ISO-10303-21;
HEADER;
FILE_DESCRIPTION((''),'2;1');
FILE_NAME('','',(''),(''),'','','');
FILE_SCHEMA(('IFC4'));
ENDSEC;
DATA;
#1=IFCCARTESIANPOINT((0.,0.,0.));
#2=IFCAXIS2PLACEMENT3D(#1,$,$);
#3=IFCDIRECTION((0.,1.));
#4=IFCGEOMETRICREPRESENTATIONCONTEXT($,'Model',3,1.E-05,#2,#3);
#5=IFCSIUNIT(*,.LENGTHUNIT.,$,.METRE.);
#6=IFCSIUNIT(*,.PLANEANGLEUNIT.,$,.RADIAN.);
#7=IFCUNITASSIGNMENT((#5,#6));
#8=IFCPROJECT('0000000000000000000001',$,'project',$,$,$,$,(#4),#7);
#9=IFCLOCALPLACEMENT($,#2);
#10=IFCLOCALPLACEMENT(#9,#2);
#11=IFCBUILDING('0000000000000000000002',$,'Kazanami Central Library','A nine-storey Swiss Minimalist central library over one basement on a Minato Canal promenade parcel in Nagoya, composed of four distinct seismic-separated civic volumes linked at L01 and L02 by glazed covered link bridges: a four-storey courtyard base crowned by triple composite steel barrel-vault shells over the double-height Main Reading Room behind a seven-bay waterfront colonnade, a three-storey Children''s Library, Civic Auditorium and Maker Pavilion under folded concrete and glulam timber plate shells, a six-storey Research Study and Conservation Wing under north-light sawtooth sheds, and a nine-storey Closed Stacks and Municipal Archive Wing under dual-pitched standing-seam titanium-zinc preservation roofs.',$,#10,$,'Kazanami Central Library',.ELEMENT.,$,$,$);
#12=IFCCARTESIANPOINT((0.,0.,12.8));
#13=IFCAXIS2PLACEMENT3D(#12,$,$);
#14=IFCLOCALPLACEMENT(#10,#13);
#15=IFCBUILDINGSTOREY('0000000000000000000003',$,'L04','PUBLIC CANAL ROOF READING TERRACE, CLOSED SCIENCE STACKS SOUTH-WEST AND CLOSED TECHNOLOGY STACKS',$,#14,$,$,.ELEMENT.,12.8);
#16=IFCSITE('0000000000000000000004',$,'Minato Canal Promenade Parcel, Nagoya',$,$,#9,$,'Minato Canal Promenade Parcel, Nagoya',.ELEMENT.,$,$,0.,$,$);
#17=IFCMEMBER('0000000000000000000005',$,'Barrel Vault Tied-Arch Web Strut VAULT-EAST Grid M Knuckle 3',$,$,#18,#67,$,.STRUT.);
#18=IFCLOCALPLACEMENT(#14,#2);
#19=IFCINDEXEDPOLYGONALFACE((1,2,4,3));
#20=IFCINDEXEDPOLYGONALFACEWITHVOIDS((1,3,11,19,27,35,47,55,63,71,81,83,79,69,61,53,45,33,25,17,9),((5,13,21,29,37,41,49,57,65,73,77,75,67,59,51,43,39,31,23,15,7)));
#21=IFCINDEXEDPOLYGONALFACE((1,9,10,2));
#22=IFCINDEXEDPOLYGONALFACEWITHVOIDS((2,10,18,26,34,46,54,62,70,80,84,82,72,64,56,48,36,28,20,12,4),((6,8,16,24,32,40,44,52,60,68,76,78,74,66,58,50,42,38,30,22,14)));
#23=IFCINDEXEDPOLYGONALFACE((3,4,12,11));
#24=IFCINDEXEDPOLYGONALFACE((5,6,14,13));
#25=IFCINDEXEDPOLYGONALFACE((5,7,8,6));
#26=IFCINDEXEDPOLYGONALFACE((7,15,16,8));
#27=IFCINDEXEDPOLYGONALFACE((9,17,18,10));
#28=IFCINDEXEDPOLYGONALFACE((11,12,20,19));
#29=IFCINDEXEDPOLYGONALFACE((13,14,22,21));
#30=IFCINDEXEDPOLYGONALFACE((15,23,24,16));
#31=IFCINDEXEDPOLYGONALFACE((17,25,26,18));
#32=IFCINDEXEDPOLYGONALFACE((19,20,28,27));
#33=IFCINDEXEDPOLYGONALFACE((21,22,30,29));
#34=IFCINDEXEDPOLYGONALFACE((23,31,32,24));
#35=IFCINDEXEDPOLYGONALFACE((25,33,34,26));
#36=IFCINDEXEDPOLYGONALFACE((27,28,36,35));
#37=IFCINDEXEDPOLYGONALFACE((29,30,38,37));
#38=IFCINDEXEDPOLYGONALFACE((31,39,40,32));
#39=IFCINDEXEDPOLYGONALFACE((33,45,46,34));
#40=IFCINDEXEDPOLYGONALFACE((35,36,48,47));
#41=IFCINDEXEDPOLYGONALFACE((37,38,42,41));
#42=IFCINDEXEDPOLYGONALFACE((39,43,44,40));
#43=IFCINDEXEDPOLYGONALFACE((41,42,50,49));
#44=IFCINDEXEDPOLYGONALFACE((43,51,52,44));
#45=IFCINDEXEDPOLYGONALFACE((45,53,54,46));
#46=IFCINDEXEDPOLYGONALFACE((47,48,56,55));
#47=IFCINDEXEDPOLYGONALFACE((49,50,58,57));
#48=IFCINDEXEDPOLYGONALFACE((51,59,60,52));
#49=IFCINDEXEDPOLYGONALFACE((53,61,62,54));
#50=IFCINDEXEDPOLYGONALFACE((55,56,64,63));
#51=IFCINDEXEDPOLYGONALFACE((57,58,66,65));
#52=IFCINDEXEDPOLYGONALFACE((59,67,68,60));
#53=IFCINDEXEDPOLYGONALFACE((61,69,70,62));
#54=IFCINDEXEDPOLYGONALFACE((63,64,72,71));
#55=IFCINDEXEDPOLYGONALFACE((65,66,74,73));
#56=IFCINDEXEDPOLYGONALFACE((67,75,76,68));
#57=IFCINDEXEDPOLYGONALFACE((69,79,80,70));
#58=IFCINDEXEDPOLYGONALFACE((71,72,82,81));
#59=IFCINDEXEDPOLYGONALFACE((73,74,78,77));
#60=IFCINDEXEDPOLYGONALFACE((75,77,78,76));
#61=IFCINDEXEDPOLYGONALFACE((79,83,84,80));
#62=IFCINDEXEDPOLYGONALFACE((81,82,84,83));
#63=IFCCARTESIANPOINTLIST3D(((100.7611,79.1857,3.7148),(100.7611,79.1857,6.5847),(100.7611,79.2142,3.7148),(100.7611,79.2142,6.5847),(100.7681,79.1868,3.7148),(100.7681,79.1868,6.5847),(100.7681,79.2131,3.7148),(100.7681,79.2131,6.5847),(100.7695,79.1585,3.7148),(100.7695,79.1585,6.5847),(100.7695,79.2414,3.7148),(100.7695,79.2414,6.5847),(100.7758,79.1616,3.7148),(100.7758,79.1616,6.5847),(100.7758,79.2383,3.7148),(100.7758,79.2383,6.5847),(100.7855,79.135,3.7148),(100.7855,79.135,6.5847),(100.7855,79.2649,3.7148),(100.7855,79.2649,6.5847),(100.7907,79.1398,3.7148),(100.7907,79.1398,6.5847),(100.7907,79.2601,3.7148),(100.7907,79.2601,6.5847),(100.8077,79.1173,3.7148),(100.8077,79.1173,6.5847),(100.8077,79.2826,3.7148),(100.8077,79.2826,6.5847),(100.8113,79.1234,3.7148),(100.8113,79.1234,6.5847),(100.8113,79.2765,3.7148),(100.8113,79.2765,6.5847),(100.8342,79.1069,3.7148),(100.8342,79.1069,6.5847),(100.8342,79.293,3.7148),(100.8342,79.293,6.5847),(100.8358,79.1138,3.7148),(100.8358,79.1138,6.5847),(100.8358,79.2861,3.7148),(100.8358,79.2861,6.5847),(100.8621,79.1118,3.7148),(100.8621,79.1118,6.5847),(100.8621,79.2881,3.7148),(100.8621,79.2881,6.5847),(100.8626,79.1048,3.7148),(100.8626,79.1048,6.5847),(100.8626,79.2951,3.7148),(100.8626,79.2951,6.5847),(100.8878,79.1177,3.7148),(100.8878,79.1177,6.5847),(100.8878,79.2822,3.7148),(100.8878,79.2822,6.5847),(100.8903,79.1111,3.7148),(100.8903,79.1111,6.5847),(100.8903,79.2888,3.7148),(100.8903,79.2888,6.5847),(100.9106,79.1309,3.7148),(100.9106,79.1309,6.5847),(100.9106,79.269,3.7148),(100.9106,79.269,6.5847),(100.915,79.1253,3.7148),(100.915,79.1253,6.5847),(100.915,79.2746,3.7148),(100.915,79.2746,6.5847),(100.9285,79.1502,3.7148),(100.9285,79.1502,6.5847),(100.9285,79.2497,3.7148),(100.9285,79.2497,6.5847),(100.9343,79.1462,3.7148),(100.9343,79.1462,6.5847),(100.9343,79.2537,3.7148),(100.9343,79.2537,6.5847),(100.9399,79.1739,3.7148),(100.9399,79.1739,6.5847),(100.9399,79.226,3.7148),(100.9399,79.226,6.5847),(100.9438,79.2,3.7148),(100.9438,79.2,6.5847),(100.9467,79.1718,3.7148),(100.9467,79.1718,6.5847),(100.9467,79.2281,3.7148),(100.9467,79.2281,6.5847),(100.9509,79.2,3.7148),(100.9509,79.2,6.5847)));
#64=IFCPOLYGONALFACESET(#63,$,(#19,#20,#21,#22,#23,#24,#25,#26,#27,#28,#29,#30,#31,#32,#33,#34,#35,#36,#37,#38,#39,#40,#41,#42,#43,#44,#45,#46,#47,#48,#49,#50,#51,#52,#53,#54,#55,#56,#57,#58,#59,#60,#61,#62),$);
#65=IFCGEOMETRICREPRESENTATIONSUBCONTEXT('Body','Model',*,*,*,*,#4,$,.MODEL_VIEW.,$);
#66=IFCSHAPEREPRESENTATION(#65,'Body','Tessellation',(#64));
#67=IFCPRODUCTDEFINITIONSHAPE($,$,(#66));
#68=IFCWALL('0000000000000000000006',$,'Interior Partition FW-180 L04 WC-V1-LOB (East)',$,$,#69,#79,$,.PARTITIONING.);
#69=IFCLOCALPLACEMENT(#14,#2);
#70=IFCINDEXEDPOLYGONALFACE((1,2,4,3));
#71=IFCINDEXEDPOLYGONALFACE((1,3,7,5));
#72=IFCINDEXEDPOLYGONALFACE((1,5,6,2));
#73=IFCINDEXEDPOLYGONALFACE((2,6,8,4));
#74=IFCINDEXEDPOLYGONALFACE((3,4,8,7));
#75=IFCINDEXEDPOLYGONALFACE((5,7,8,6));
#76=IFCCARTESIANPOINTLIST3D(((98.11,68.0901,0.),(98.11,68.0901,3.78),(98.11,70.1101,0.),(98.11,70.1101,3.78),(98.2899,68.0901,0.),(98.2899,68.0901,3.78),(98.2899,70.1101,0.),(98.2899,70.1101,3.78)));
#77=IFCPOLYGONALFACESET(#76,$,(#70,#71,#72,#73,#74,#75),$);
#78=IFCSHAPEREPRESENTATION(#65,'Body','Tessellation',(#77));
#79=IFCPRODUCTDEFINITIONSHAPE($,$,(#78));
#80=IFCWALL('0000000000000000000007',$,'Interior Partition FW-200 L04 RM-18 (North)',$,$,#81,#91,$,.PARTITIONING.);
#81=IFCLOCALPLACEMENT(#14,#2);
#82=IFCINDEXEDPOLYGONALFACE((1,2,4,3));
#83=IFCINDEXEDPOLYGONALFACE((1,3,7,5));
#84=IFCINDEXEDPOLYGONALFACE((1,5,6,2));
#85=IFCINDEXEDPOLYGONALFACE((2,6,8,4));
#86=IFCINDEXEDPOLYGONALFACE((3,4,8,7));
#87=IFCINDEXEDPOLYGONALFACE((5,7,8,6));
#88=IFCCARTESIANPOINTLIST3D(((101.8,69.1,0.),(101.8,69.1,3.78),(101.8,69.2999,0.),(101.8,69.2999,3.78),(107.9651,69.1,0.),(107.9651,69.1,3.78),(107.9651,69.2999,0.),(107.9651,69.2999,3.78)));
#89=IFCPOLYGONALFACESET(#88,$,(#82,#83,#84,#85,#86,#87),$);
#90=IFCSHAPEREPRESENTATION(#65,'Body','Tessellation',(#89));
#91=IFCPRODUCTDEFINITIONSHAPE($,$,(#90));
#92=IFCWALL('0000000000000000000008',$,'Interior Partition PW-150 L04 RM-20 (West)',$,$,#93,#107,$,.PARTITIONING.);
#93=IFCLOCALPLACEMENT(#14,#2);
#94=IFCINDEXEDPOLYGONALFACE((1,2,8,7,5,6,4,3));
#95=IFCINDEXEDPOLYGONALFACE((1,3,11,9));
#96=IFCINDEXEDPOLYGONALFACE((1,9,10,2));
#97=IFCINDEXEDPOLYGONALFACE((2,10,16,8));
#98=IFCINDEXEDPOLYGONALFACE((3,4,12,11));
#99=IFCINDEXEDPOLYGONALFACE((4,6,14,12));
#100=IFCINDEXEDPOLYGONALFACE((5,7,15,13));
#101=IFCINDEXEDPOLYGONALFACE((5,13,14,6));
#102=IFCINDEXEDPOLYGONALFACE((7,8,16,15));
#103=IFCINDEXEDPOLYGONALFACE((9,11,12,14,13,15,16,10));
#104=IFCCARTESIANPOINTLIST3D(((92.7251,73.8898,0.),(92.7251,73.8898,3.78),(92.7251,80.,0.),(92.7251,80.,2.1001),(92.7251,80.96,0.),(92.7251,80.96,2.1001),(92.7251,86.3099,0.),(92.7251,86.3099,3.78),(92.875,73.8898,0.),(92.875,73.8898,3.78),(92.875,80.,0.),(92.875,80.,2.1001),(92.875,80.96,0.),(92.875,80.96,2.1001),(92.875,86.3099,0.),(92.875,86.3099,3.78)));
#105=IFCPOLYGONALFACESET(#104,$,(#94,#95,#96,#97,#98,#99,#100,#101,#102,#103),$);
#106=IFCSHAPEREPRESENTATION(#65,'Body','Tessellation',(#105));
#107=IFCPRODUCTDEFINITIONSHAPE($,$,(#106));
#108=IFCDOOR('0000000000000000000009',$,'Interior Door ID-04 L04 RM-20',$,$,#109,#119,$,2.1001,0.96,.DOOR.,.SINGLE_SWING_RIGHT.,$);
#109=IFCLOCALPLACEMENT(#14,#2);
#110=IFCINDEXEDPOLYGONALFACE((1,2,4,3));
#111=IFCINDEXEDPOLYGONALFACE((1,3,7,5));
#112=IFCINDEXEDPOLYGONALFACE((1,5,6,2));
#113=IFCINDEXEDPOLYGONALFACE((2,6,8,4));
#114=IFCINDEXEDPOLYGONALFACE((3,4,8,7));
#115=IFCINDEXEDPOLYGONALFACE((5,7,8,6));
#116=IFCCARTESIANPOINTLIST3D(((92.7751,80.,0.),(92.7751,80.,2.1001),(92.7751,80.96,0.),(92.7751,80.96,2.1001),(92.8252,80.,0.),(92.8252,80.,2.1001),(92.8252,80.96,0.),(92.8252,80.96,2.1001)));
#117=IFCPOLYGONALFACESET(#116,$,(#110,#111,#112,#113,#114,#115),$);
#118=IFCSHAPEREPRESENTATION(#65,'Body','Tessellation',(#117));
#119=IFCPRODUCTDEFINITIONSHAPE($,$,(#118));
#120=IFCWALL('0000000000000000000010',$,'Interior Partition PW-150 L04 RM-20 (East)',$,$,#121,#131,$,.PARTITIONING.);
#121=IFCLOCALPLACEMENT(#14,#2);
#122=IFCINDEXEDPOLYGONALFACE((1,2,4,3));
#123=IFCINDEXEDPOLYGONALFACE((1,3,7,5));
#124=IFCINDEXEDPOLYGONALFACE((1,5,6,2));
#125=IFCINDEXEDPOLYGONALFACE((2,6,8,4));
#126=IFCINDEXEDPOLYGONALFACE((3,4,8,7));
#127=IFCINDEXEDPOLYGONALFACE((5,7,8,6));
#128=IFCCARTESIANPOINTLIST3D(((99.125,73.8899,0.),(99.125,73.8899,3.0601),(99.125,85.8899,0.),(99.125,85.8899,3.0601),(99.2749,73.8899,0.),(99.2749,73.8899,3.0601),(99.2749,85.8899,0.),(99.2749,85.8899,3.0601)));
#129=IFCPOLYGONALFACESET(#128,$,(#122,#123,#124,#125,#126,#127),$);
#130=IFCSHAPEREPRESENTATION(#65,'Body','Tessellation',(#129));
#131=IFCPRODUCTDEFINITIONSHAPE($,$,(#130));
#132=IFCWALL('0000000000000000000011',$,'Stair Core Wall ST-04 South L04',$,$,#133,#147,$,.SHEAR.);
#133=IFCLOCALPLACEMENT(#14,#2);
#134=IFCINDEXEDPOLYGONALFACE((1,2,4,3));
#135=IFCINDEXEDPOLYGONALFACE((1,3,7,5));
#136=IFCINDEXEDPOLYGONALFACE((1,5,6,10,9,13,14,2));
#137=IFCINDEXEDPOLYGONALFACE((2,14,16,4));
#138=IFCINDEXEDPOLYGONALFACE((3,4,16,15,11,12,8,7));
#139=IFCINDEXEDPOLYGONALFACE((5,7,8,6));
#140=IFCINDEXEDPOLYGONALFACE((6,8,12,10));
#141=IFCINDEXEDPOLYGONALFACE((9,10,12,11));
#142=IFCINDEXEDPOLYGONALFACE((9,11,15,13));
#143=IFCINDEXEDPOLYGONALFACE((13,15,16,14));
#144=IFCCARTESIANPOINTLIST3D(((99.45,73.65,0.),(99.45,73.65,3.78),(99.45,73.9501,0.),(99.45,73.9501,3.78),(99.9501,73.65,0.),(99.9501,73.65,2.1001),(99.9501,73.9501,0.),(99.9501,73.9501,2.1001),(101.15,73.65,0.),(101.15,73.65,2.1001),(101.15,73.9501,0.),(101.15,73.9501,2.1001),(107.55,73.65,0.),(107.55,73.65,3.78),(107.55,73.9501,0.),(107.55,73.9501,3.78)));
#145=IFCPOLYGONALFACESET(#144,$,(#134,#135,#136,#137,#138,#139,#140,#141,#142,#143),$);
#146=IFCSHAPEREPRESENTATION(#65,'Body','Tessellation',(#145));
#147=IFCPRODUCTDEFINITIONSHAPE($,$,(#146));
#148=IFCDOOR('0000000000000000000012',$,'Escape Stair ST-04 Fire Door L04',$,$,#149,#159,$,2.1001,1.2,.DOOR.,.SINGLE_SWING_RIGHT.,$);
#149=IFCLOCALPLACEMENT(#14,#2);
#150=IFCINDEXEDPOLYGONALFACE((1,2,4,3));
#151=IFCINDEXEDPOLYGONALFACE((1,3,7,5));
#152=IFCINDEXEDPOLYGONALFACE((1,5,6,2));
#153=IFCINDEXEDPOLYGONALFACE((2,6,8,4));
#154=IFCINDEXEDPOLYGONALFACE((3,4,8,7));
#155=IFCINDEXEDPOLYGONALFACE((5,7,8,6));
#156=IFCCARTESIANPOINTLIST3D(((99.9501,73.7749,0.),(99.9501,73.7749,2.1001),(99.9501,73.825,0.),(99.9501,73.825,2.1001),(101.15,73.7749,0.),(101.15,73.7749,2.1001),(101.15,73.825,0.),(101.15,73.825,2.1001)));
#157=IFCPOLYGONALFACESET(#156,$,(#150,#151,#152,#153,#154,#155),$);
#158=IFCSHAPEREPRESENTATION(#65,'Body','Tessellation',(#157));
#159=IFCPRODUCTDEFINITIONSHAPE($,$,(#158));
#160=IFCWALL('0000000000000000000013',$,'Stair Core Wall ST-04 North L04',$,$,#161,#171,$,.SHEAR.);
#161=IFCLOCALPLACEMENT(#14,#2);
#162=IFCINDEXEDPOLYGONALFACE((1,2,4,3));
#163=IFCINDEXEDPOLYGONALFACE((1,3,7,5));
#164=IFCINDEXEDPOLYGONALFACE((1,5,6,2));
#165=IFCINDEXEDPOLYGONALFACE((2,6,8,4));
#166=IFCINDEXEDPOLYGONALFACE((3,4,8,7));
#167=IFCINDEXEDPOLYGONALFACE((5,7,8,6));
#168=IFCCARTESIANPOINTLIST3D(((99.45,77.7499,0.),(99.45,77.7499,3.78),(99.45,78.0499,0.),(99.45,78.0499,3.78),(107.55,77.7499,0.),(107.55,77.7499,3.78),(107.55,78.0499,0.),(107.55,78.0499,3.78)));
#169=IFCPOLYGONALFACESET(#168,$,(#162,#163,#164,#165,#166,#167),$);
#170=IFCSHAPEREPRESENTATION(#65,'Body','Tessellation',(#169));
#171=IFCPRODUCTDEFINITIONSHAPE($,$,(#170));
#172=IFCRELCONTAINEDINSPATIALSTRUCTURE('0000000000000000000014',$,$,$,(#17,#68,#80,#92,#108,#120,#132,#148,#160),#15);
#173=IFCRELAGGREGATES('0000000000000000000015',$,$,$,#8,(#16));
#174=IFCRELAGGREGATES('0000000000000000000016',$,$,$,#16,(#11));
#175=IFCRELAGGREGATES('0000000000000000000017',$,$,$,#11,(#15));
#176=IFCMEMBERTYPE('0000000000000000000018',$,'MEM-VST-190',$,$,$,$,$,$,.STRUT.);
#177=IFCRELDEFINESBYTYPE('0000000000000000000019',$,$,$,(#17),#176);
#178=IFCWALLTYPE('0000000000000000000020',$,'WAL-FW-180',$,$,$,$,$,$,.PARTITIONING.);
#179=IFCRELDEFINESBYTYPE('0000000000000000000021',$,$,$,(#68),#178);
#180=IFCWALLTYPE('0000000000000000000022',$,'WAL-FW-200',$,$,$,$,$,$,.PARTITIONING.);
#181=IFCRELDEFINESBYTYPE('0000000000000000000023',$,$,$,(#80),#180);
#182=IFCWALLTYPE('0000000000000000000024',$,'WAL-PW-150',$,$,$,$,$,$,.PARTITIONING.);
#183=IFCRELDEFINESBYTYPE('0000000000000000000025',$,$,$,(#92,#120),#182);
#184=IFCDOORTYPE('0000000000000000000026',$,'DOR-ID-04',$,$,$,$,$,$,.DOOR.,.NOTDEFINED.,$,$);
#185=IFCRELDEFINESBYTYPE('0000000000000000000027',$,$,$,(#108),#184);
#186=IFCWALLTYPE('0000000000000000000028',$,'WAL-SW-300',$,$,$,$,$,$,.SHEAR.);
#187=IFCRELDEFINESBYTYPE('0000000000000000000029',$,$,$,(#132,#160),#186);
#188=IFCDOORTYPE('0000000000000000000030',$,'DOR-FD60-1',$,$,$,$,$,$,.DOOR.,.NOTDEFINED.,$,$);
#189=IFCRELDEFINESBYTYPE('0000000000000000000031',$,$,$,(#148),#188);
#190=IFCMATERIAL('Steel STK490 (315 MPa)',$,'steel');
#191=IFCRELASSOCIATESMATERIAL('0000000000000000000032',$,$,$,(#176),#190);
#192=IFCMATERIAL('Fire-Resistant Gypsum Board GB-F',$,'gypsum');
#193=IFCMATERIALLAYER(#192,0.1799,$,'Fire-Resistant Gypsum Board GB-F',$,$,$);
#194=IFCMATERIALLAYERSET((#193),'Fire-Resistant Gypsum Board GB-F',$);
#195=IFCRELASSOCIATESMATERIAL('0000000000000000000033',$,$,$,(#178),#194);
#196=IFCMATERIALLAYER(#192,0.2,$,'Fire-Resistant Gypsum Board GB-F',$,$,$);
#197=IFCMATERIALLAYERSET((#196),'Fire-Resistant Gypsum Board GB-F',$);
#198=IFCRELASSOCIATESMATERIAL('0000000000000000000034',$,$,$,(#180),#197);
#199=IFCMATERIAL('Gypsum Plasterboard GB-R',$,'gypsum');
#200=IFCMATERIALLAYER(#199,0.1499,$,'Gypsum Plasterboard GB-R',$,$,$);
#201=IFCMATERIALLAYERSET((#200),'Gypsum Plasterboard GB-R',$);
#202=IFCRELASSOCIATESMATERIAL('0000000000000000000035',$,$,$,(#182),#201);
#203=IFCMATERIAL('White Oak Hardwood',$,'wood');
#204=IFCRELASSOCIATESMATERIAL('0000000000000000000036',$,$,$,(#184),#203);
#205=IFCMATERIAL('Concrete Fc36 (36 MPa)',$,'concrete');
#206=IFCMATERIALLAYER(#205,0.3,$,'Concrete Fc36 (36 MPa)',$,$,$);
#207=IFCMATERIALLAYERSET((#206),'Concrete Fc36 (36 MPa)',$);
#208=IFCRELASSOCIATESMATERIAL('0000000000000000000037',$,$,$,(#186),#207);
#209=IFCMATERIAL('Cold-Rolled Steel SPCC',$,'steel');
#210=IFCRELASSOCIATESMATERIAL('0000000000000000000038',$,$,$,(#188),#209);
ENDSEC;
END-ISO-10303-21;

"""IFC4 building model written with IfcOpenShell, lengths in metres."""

from ifc_helpers import new_model, si_unit, direction, frame, frame_2d, origin, origin_2d, place, context, subcontext, project, spatial, rectangle, hollow_circle, extrude, material, layer, layer_set, material_profile, profile_set, type_object, element, fill, save


model = new_model("IFC4")

# Units and contexts
model_context = context("Model", 3, precision=1e-05, world=origin(), true_north=direction((0.0, 1.0)))
body_context = subcontext(model_context, "Body", "Model", "MODEL_VIEW")
ifc_project = project(units=[si_unit("LENGTHUNIT", "METRE"), si_unit("PLANEANGLEUNIT", "RADIAN")], contexts=[model_context])

# Site, building, storey
site_placement = place(None, origin())
site = spatial("IfcSite", under=ifc_project, at=site_placement, Name="Minato Canal Promenade Parcel, Nagoya", LongName="Minato Canal Promenade Parcel, Nagoya", CompositionType="ELEMENT", RefElevation=0.0)
building_placement = place(site_placement, origin())
building = spatial("IfcBuilding", under=site, at=building_placement, Name="Kazanami Central Library", Description="A nine-storey Swiss Minimalist central library over one basement on a Minato Canal promenade parcel in Nagoya, composed of four distinct seismic-separated civic volumes linked at L01 and L02 by glazed covered link bridges: a four-storey courtyard base crowned by triple composite steel barrel-vault shells over the double-height Main Reading Room behind a seven-bay waterfront colonnade, a three-storey Children's Library, Civic Auditorium and Maker Pavilion under folded concrete and glulam timber plate shells, a six-storey Research Study and Conservation Wing under north-light sawtooth sheds, and a nine-storey Closed Stacks and Municipal Archive Wing under dual-pitched standing-seam titanium-zinc preservation roofs.", LongName="Kazanami Central Library", CompositionType="ELEMENT")
storey_placement = place(building_placement, frame((0.0, 0.0, 12.8)))
storey = spatial("IfcBuildingStorey", under=building, at=storey_placement, Name="L04", Description="PUBLIC CANAL ROOF READING TERRACE, CLOSED SCIENCE STACKS SOUTH-WEST AND CLOSED TECHNOLOGY STACKS", CompositionType="ELEMENT", Elevation=12.8)

# Member
ifc_material_1 = material(Name="Steel STK490 (315 MPa)", Category="steel")
ifc_material_profile_1 = material_profile(ifc_material_1, hollow_circle(Radius=0.0955, WallThickness=0.0071, at=origin_2d()), Name="CHS-190.7x7.0")
ifc_profile_set_1 = profile_set([ifc_material_profile_1], Name="Steel STK490 (315 MPa)")
member_type_1 = type_object("IfcMemberType", Name="MEM-VST-190", PredefinedType="STRUT", material=ifc_profile_set_1)
for number, where, z_axis, x_axis, name in (
    (1, (100.8555, 79.2, 3.7148), (0.0, 0.0, 1.0), (1.0, 0.0, 0.0), "Barrel Vault Tied-Arch Web Strut VAULT-EAST Grid M Knuckle 3"),
):
    element("IfcMember", number, at=place(storey_placement, frame(where, z_axis=z_axis, x_axis=x_axis)), inside=storey, type_object=member_type_1, Name=name, PredefinedType="STRUT", context=body_context, shape_type="SweptSolid", body=[
        extrude(hollow_circle(Radius=0.0955, WallThickness=0.0071, at=origin_2d()), origin(), (0.0, 0.0, 1.0), 2.8699),
    ])

# Walls
ifc_material_2 = material(Name="Fire-Resistant Gypsum Board GB-F", Category="gypsum")
ifc_layer_1 = layer(ifc_material_2, 0.1799, Name="Fire-Resistant Gypsum Board GB-F")
ifc_layer_set_1 = layer_set([ifc_layer_1], Name="Fire-Resistant Gypsum Board GB-F")
wall_type_1 = type_object("IfcWallType", Name="WAL-FW-180", PredefinedType="PARTITIONING", material=ifc_layer_set_1)
wall_1_placement = place(storey_placement, frame((98.2, 68.0901, 0.0), z_axis=(0.0, 0.0, 1.0), x_axis=(0.0, 1.0, 0.0)))
element("IfcWall", 2, at=wall_1_placement, inside=storey, type_object=wall_type_1, Name="Interior Partition FW-180 L04 WC-V1-LOB (East)", PredefinedType="PARTITIONING", context=body_context, shape_type="SweptSolid", body=[
    extrude(rectangle(XDim=2.02, YDim=0.1799, at=frame_2d((1.01, 0.0))), origin(), (0.0, 0.0, 1.0), 3.78),
])
ifc_layer_2 = layer(ifc_material_2, 0.2, Name="Fire-Resistant Gypsum Board GB-F")
ifc_layer_set_2 = layer_set([ifc_layer_2], Name="Fire-Resistant Gypsum Board GB-F")
wall_type_2 = type_object("IfcWallType", Name="WAL-FW-200", PredefinedType="PARTITIONING", material=ifc_layer_set_2)
wall_2_placement = place(storey_placement, frame((101.8, 69.2, 0.0), z_axis=(0.0, 0.0, 1.0), x_axis=(1.0, 0.0, 0.0)))
element("IfcWall", 3, at=wall_2_placement, inside=storey, type_object=wall_type_2, Name="Interior Partition FW-200 L04 RM-18 (North)", PredefinedType="PARTITIONING", context=body_context, shape_type="SweptSolid", body=[
    extrude(rectangle(XDim=6.165, YDim=0.2, at=frame_2d((3.0825, 0.0))), origin(), (0.0, 0.0, 1.0), 3.78),
])

# Wall, opening, door
ifc_material_3 = material(Name="Gypsum Plasterboard GB-R", Category="gypsum")
ifc_layer_3 = layer(ifc_material_3, 0.1499, Name="Gypsum Plasterboard GB-R")
ifc_layer_set_3 = layer_set([ifc_layer_3], Name="Gypsum Plasterboard GB-R")
wall_type_3 = type_object("IfcWallType", Name="WAL-PW-150", PredefinedType="PARTITIONING", material=ifc_layer_set_3)
wall_3_placement = place(storey_placement, frame((92.8, 73.8899, 0.0), z_axis=(0.0, 0.0, 1.0), x_axis=(0.0, 1.0, 0.0)))
wall_3 = element("IfcWall", 4, at=wall_3_placement, inside=storey, type_object=wall_type_3, Name="Interior Partition PW-150 L04 RM-20 (West)", PredefinedType="PARTITIONING", context=body_context, shape_type="SweptSolid", body=[
    extrude(rectangle(XDim=12.4202, YDim=0.1499, at=frame_2d((6.21, 0.0))), origin(), (0.0, 0.0, 1.0), 3.78),
])
opening_1_placement = place(wall_3_placement, frame((6.1101, 0.0, 0.0)))
opening_1 = element("IfcOpeningElement", 5, at=opening_1_placement, cuts=wall_3, PredefinedType="OPENING", context=body_context, shape_type="SweptSolid", body=[
    extrude(rectangle(XDim=0.96, YDim=2.1001, at=frame_2d((0.48, 1.05))), frame((0.0, 0.0869, 0.0), z_axis=(0.0, -1.0, 0.0), x_axis=(1.0, 0.0, 0.0)), (0.0, 0.0, 1.0), 0.1738),
])
ifc_material_4 = material(Name="White Oak Hardwood", Category="wood")
door_type_1 = type_object("IfcDoorType", Name="DOR-ID-04", OperationType="NOTDEFINED", PredefinedType="DOOR", material=ifc_material_4)
door_1_placement = place(opening_1_placement, origin())
door_1 = element("IfcDoor", 6, at=door_1_placement, inside=storey, type_object=door_type_1, Name="Interior Door ID-04 L04 RM-20", OperationType="SINGLE_SWING_RIGHT", OverallHeight=2.1001, OverallWidth=0.96, PredefinedType="DOOR", context=body_context, shape_type="SweptSolid", body=[
    extrude(rectangle(XDim=0.96, YDim=2.1001, at=frame_2d((0.48, 1.05))), frame((0.0, 0.0249, 0.0), z_axis=(0.0, -1.0, 0.0), x_axis=(1.0, 0.0, 0.0)), (0.0, 0.0, 1.0), 0.05),
])
fill(opening_1, door_1)

# Wall
wall_4_placement = place(storey_placement, frame((99.2, 73.8899, 0.0), z_axis=(0.0, 0.0, 1.0), x_axis=(0.0, 1.0, 0.0)))
element("IfcWall", 7, at=wall_4_placement, inside=storey, type_object=wall_type_3, Name="Interior Partition PW-150 L04 RM-20 (East)", PredefinedType="PARTITIONING", context=body_context, shape_type="SweptSolid", body=[
    extrude(rectangle(XDim=12.0, YDim=0.1499, at=frame_2d((6.0, 0.0))), origin(), (0.0, 0.0, 1.0), 3.0601),
])

# Wall, opening, door
ifc_material_5 = material(Name="Concrete Fc36 (36 MPa)", Category="concrete")
ifc_layer_4 = layer(ifc_material_5, 0.3, Name="Concrete Fc36 (36 MPa)")
ifc_layer_set_4 = layer_set([ifc_layer_4], Name="Concrete Fc36 (36 MPa)")
wall_type_4 = type_object("IfcWallType", Name="WAL-SW-300", PredefinedType="SHEAR", material=ifc_layer_set_4)
wall_5_placement = place(storey_placement, frame((99.45, 73.8, 0.0), z_axis=(0.0, 0.0, 1.0), x_axis=(1.0, 0.0, 0.0)))
wall_5 = element("IfcWall", 8, at=wall_5_placement, inside=storey, type_object=wall_type_4, Name="Stair Core Wall ST-04 South L04", PredefinedType="SHEAR", context=body_context, shape_type="SweptSolid", body=[
    extrude(rectangle(XDim=8.1001, YDim=0.3, at=frame_2d((4.05, 0.0))), origin(), (0.0, 0.0, 1.0), 3.78),
])
opening_2_placement = place(wall_5_placement, frame((0.5, 0.0, 0.0)))
opening_2 = element("IfcOpeningElement", 9, at=opening_2_placement, cuts=wall_5, PredefinedType="OPENING", context=body_context, shape_type="SweptSolid", body=[
    extrude(rectangle(XDim=1.2, YDim=2.1001, at=frame_2d((0.6001, 1.05))), frame((0.0, 0.1621, 0.0), z_axis=(0.0, -1.0, 0.0), x_axis=(1.0, 0.0, 0.0)), (0.0, 0.0, 1.0), 0.324),
])
ifc_material_6 = material(Name="Cold-Rolled Steel SPCC", Category="steel")
door_type_2 = type_object("IfcDoorType", Name="DOR-FD60-1", OperationType="NOTDEFINED", PredefinedType="DOOR", material=ifc_material_6)
door_2_placement = place(opening_2_placement, origin())
door_2 = element("IfcDoor", 10, at=door_2_placement, inside=storey, type_object=door_type_2, Name="Escape Stair ST-04 Fire Door L04", OperationType="SINGLE_SWING_RIGHT", OverallHeight=2.1001, OverallWidth=1.2, PredefinedType="DOOR", context=body_context, shape_type="SweptSolid", body=[
    extrude(rectangle(XDim=1.2, YDim=2.1001, at=frame_2d((0.6001, 1.05))), frame((0.0, 0.0249, 0.0), z_axis=(0.0, -1.0, 0.0), x_axis=(1.0, 0.0, 0.0)), (0.0, 0.0, 1.0), 0.05),
])
fill(opening_2, door_2)

# Wall
wall_6_placement = place(storey_placement, frame((99.45, 77.8999, 0.0), z_axis=(0.0, 0.0, 1.0), x_axis=(1.0, 0.0, 0.0)))
element("IfcWall", 11, at=wall_6_placement, inside=storey, type_object=wall_type_4, Name="Stair Core Wall ST-04 North L04", PredefinedType="SHEAR", context=body_context, shape_type="SweptSolid", body=[
    extrude(rectangle(XDim=8.1001, YDim=0.3, at=frame_2d((4.05, 0.0))), origin(), (0.0, 0.0, 1.0), 3.78),
])

save(model, "model.ifc")
